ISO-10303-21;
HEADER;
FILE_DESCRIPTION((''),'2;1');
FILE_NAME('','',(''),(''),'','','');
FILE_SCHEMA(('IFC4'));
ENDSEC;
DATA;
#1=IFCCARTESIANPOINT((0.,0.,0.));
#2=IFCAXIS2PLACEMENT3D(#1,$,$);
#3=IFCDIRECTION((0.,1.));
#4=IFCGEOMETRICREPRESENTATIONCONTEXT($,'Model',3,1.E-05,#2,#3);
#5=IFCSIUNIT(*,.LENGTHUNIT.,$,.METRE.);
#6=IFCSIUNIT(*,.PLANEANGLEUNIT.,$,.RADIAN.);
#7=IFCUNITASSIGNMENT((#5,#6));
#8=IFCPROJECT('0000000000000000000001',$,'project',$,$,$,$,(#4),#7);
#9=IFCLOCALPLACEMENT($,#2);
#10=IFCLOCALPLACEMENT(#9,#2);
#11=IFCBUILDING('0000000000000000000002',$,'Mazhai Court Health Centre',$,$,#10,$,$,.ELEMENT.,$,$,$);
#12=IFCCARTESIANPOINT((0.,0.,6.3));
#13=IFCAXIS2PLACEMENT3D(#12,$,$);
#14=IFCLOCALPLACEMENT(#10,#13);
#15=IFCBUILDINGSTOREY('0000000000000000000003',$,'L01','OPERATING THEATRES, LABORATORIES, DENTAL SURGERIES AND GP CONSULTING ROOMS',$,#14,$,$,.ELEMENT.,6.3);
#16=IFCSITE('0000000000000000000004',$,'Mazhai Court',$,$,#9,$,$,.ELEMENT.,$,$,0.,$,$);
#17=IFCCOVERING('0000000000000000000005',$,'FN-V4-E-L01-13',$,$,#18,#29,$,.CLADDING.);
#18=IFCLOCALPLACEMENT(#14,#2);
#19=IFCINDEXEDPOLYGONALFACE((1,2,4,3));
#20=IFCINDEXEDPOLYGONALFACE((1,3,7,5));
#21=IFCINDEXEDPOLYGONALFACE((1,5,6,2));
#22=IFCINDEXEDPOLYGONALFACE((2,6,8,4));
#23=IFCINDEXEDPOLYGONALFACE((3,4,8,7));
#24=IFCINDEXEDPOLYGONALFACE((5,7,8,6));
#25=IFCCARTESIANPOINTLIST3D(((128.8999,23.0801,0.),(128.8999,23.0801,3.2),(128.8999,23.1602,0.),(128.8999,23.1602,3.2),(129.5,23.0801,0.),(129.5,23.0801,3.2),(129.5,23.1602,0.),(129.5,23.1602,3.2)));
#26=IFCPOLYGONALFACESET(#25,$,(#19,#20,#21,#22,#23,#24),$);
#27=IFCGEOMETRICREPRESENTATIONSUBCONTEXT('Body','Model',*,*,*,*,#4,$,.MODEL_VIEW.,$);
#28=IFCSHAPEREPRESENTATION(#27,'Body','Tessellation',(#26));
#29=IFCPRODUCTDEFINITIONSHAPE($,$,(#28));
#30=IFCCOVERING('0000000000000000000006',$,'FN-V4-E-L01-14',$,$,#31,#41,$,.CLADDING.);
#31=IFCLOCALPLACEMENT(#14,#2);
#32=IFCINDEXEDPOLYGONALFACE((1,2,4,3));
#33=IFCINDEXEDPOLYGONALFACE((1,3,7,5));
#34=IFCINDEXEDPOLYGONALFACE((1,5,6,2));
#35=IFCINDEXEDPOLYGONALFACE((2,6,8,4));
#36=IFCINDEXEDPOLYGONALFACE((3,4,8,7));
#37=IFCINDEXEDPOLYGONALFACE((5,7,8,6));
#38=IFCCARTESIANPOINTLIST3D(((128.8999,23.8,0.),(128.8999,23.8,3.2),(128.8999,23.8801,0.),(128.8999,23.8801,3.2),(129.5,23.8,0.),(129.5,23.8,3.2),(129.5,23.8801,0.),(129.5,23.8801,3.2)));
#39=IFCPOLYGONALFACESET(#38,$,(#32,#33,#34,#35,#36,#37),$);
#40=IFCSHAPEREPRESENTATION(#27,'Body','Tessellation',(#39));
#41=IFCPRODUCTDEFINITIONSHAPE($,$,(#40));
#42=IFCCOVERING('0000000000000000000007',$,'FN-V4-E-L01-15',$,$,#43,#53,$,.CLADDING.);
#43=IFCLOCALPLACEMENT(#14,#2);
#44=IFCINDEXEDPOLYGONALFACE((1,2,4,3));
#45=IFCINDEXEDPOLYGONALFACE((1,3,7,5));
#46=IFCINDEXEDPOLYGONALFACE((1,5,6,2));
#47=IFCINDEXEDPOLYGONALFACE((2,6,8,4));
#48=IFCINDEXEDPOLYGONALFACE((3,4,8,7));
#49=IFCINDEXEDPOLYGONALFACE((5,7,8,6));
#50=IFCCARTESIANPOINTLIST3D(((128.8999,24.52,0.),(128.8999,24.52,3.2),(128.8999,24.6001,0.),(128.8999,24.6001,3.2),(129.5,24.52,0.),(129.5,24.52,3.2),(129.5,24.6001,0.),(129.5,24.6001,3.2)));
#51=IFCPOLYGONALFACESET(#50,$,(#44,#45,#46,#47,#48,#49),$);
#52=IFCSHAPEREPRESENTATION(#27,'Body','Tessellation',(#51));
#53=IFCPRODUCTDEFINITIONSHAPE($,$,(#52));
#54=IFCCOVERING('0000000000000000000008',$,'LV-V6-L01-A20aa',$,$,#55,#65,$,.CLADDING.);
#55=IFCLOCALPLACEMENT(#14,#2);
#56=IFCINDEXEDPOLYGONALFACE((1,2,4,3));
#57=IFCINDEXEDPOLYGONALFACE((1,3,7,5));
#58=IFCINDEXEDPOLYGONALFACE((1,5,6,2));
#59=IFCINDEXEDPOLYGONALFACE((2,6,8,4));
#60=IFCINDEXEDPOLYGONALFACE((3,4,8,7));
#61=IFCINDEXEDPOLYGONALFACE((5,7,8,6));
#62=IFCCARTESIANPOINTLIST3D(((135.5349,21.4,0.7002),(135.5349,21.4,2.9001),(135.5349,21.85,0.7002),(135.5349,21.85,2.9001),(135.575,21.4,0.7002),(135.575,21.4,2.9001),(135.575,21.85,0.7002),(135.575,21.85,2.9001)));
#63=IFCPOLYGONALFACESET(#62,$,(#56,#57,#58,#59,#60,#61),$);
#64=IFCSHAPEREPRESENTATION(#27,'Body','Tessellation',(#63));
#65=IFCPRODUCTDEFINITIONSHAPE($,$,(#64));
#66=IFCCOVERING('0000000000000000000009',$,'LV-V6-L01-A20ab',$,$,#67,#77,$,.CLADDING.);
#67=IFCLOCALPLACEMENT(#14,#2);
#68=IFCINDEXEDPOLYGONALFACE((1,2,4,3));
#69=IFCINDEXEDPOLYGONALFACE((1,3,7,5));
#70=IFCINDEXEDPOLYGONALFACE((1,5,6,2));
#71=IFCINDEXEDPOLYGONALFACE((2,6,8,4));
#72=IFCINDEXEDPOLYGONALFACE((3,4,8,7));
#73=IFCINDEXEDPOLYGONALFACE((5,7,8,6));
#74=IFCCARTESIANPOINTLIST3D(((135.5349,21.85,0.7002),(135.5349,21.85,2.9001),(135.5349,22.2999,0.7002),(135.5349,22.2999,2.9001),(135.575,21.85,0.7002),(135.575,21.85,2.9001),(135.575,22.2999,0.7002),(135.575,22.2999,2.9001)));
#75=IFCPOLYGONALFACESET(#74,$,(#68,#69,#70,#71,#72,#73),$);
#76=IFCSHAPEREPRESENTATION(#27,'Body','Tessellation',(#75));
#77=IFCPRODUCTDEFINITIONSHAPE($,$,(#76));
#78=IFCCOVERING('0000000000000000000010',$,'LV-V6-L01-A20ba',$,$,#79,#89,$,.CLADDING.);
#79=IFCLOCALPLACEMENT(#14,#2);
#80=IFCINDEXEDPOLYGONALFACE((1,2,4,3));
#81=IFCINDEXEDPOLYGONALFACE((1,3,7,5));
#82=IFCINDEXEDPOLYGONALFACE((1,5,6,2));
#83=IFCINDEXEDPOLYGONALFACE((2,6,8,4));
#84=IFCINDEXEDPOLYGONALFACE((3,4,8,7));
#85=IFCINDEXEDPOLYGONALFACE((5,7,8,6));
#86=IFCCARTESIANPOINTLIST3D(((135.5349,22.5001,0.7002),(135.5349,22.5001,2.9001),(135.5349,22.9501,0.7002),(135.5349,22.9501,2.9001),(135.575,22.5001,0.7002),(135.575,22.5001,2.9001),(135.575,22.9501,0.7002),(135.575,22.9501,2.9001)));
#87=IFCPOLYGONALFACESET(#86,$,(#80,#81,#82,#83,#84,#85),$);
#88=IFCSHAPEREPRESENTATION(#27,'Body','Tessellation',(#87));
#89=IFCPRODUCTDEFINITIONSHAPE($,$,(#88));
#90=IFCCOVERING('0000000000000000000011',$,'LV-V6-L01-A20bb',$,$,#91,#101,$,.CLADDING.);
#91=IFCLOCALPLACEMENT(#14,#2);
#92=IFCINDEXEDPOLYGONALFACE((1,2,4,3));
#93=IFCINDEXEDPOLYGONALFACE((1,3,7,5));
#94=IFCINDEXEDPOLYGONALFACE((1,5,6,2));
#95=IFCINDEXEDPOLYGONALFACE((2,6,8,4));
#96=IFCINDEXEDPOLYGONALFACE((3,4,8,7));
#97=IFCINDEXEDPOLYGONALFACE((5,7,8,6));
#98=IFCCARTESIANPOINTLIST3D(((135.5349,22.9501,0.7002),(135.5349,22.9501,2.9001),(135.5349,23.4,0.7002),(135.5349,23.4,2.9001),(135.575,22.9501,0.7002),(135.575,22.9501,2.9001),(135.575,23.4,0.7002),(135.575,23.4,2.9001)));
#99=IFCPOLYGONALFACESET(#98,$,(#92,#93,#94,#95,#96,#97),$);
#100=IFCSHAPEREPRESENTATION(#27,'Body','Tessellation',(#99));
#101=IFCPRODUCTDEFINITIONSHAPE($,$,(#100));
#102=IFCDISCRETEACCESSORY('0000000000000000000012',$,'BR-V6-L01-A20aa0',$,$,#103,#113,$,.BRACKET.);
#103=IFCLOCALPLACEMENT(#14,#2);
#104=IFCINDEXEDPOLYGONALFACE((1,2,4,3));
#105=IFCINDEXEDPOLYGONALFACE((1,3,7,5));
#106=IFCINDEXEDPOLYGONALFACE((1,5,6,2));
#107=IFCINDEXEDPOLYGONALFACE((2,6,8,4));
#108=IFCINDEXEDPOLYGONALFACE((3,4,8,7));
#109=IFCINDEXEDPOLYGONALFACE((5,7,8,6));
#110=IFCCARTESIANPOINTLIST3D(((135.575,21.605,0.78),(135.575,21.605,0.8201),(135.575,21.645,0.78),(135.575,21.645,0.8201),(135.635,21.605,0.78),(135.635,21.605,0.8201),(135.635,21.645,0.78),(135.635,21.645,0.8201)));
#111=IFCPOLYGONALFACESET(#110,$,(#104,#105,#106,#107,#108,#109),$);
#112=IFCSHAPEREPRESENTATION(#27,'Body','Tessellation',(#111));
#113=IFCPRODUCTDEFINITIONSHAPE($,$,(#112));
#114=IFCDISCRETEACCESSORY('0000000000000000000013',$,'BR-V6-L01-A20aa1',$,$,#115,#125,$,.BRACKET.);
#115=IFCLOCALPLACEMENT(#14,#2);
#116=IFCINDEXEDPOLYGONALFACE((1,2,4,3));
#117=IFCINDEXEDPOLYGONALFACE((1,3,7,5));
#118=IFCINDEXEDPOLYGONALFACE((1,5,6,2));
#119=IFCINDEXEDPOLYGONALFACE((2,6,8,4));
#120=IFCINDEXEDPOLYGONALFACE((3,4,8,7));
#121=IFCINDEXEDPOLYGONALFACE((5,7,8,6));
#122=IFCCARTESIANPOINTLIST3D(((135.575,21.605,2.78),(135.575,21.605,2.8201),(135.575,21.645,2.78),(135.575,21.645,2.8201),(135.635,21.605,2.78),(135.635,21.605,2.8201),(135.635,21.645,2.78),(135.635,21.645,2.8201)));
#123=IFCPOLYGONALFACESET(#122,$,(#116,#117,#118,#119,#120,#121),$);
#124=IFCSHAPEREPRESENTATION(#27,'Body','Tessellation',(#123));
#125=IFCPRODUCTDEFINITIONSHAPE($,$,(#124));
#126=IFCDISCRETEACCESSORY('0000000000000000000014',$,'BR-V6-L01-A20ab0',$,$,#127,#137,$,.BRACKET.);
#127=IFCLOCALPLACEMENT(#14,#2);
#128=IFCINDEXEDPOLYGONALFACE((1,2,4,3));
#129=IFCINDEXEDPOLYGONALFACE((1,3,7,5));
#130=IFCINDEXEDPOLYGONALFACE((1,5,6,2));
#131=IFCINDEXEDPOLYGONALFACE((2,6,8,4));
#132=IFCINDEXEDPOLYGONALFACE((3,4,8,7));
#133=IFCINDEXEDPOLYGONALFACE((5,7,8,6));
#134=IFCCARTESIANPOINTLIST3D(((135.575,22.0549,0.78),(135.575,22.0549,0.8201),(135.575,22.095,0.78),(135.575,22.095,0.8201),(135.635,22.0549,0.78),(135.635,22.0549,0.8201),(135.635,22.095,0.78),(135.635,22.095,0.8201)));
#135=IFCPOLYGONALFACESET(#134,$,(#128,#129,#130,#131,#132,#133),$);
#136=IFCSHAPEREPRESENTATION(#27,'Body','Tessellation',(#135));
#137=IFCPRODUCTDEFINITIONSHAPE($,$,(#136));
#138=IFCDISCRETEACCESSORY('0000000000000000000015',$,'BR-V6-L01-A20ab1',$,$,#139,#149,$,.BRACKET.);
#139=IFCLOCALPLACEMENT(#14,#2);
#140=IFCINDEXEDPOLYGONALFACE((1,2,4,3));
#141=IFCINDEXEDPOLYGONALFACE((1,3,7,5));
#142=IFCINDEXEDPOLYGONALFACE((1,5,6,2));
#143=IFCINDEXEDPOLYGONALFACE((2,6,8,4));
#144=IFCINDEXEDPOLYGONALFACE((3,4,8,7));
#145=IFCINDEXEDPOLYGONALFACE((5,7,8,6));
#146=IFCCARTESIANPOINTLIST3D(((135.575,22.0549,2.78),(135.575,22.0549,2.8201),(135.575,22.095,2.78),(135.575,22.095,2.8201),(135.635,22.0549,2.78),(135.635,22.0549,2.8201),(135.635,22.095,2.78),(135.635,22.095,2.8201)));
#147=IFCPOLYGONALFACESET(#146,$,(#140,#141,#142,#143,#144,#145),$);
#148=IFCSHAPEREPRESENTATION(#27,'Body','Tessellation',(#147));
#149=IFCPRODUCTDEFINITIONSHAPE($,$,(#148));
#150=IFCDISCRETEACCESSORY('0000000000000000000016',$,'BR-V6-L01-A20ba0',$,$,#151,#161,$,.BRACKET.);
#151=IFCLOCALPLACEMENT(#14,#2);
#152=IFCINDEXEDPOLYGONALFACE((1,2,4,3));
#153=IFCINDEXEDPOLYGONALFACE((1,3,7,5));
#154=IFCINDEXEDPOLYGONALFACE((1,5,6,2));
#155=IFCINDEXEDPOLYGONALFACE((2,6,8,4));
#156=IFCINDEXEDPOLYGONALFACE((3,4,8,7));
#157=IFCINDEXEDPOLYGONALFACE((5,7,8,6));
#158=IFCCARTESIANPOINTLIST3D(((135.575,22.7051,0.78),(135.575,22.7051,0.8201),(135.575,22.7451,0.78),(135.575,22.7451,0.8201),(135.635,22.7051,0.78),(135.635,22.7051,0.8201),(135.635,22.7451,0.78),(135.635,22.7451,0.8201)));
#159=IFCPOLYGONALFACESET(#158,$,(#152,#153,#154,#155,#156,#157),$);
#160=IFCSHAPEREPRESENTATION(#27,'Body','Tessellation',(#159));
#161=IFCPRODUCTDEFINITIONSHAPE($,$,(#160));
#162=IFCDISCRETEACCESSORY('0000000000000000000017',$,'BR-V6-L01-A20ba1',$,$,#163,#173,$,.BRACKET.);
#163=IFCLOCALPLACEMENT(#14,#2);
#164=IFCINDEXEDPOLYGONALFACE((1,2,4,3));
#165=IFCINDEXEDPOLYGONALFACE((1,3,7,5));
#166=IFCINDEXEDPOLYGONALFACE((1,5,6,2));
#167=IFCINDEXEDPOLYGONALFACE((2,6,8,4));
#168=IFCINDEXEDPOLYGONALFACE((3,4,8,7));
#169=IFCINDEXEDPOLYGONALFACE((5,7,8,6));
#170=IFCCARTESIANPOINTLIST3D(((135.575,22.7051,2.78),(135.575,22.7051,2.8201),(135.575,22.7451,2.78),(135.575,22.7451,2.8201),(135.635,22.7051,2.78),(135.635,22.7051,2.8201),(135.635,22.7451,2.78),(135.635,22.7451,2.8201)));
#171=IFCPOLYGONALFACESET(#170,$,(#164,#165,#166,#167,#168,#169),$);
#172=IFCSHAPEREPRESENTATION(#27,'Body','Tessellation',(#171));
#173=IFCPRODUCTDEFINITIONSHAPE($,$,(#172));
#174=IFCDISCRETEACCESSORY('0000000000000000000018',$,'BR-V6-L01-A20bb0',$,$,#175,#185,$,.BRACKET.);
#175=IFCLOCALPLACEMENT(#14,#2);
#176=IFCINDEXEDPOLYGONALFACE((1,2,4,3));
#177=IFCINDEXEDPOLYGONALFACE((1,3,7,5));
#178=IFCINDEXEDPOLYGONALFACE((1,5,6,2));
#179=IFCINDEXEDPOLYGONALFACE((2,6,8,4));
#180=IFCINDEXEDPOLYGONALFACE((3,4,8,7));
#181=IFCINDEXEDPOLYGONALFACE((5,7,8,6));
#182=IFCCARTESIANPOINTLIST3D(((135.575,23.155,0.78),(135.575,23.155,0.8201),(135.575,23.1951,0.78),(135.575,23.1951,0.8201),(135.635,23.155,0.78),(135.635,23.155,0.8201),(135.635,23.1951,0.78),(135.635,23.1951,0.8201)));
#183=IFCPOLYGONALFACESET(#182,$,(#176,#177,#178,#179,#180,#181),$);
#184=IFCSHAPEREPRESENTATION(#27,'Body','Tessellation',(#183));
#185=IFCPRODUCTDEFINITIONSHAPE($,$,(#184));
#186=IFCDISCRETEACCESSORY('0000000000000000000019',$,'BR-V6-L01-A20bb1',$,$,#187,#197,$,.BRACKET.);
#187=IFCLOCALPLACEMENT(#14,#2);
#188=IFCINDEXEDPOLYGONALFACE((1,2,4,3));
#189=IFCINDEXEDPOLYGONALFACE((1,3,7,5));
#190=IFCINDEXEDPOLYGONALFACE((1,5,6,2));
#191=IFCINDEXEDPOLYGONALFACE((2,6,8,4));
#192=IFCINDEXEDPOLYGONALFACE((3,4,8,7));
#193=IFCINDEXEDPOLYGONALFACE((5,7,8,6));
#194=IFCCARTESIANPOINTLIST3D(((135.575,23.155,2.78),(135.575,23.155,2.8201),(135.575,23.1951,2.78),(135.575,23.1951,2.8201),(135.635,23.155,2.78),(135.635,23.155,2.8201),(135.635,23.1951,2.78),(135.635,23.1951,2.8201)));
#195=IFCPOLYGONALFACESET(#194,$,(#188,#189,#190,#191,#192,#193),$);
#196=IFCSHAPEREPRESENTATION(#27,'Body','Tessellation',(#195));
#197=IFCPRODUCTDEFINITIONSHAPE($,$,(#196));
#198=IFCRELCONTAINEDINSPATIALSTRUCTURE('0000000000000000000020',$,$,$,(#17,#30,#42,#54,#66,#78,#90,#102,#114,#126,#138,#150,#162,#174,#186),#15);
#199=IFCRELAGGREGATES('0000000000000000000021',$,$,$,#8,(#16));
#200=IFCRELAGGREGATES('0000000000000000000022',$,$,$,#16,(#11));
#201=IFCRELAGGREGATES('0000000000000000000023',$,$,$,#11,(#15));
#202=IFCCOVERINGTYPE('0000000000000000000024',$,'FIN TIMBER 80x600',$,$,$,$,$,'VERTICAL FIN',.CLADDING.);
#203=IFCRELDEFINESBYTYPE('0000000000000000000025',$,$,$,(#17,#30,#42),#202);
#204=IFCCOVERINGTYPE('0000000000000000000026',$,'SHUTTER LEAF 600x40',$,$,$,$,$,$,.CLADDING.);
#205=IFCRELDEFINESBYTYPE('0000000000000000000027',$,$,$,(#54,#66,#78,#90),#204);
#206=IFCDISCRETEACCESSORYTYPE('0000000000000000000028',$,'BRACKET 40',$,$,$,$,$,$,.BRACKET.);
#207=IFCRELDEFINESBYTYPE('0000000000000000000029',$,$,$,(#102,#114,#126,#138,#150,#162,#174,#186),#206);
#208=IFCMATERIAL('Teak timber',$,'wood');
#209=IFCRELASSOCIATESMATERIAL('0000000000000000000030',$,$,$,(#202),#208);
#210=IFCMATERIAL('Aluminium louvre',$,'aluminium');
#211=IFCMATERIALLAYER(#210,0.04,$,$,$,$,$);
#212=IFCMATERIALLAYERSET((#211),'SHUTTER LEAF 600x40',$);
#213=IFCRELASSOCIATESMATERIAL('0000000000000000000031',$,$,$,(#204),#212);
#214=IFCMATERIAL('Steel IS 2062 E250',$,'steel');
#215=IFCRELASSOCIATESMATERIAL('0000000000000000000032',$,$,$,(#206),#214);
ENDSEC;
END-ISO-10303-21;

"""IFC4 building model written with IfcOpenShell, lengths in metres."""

from ifc_helpers import new_model, si_unit, direction, frame, origin, origin_2d, place, context, subcontext, project, spatial, rectangle, extrude, material, layer, layer_set, type_object, element, save


model = new_model("IFC4")

# Units and contexts
model_context = context("Model", 3, precision=1e-05, world=origin(), true_north=direction((0.0, 1.0)))
body_context = subcontext(model_context, "Body", "Model", "MODEL_VIEW")
ifc_project = project(units=[si_unit("LENGTHUNIT", "METRE"), si_unit("PLANEANGLEUNIT", "RADIAN")], contexts=[model_context])

# Site, building, storey
site_placement = place(None, origin())
site = spatial("IfcSite", under=ifc_project, at=site_placement, Name="Mazhai Court", CompositionType="ELEMENT", RefElevation=0.0)
building_placement = place(site_placement, origin())
building = spatial("IfcBuilding", under=site, at=building_placement, Name="Mazhai Court Health Centre", CompositionType="ELEMENT")
storey_placement = place(building_placement, frame((0.0, 0.0, 6.3)))
storey = spatial("IfcBuildingStorey", under=building, at=storey_placement, Name="L01", Description="OPERATING THEATRES, LABORATORIES, DENTAL SURGERIES AND GP CONSULTING ROOMS", CompositionType="ELEMENT", Elevation=6.3)

# Coverings
ifc_material_1 = material(Name="Teak timber", Category="wood")
covering_type_1 = type_object("IfcCoveringType", Name="FIN TIMBER 80x600", ElementType="VERTICAL FIN", PredefinedType="CLADDING", material=ifc_material_1)
for number, where, z_axis, x_axis, name in (
    (1, (129.2, 23.1201, 0.0), (0.0, 0.0, 1.0), (0.0, 1.0, 0.0), "FN-V4-E-L01-13"),
    (2, (129.2, 23.8401, 0.0), (0.0, 0.0, 1.0), (0.0, 1.0, 0.0), "FN-V4-E-L01-14"),
    (3, (129.2, 24.5601, 0.0), (0.0, 0.0, 1.0), (0.0, 1.0, 0.0), "FN-V4-E-L01-15"),
):
    element("IfcCovering", number, at=place(storey_placement, frame(where, z_axis=z_axis, x_axis=x_axis)), inside=storey, type_object=covering_type_1, Name=name, PredefinedType="CLADDING", context=body_context, shape_type="SweptSolid", body=[
        extrude(rectangle(XDim=0.0801, YDim=0.6001, at=origin_2d()), origin(), (0.0, 0.0, 1.0), 3.2),
    ])
ifc_material_2 = material(Name="Aluminium louvre", Category="aluminium")
ifc_layer_1 = layer(ifc_material_2, 0.04)
ifc_layer_set_1 = layer_set([ifc_layer_1], Name="SHUTTER LEAF 600x40")
covering_type_2 = type_object("IfcCoveringType", Name="SHUTTER LEAF 600x40", PredefinedType="CLADDING", material=ifc_layer_set_1)
for number, where, z_axis, x_axis, name in (
    (4, (135.5549, 21.625, 0.7002), (0.0, 0.0, 1.0), (0.0, 1.0, 0.0), "LV-V6-L01-A20aa"),
    (5, (135.5549, 22.075, 0.7002), (0.0, 0.0, 1.0), (0.0, 1.0, 0.0), "LV-V6-L01-A20ab"),
    (6, (135.5549, 22.7251, 0.7002), (0.0, 0.0, 1.0), (0.0, 1.0, 0.0), "LV-V6-L01-A20ba"),
    (7, (135.5549, 23.175, 0.7002), (0.0, 0.0, 1.0), (0.0, 1.0, 0.0), "LV-V6-L01-A20bb"),
):
    element("IfcCovering", number, at=place(storey_placement, frame(where, z_axis=z_axis, x_axis=x_axis)), inside=storey, type_object=covering_type_2, Name=name, PredefinedType="CLADDING", context=body_context, shape_type="SweptSolid", body=[
        extrude(rectangle(XDim=0.45, YDim=0.04, at=origin_2d()), origin(), (0.0, 0.0, 1.0), 2.2),
    ])

# Discrete accessories
ifc_material_3 = material(Name="Steel IS 2062 E250", Category="steel")
discrete_accessory_type = type_object("IfcDiscreteAccessoryType", Name="BRACKET 40", PredefinedType="BRACKET", material=ifc_material_3)
for number, where, z_axis, x_axis, name in (
    (8, (135.605, 21.625, 0.78), (0.0, 0.0, 1.0), (0.0, 1.0, 0.0), "BR-V6-L01-A20aa0"),
    (9, (135.605, 21.625, 2.78), (0.0, 0.0, 1.0), (0.0, 1.0, 0.0), "BR-V6-L01-A20aa1"),
    (10, (135.605, 22.075, 0.78), (0.0, 0.0, 1.0), (0.0, 1.0, 0.0), "BR-V6-L01-A20ab0"),
    (11, (135.605, 22.075, 2.78), (0.0, 0.0, 1.0), (0.0, 1.0, 0.0), "BR-V6-L01-A20ab1"),
    (12, (135.605, 22.7251, 0.78), (0.0, 0.0, 1.0), (0.0, 1.0, 0.0), "BR-V6-L01-A20ba0"),
    (13, (135.605, 22.7251, 2.78), (0.0, 0.0, 1.0), (0.0, 1.0, 0.0), "BR-V6-L01-A20ba1"),
    (14, (135.605, 23.175, 0.78), (0.0, 0.0, 1.0), (0.0, 1.0, 0.0), "BR-V6-L01-A20bb0"),
    (15, (135.605, 23.175, 2.78), (0.0, 0.0, 1.0), (0.0, 1.0, 0.0), "BR-V6-L01-A20bb1"),
):
    element("IfcDiscreteAccessory", number, at=place(storey_placement, frame(where, z_axis=z_axis, x_axis=x_axis)), inside=storey, type_object=discrete_accessory_type, Name=name, PredefinedType="BRACKET", context=body_context, shape_type="SweptSolid", body=[
        extrude(rectangle(XDim=0.04, YDim=0.0601, at=origin_2d()), origin(), (0.0, 0.0, 1.0), 0.04),
    ])

save(model, "model.ifc")
